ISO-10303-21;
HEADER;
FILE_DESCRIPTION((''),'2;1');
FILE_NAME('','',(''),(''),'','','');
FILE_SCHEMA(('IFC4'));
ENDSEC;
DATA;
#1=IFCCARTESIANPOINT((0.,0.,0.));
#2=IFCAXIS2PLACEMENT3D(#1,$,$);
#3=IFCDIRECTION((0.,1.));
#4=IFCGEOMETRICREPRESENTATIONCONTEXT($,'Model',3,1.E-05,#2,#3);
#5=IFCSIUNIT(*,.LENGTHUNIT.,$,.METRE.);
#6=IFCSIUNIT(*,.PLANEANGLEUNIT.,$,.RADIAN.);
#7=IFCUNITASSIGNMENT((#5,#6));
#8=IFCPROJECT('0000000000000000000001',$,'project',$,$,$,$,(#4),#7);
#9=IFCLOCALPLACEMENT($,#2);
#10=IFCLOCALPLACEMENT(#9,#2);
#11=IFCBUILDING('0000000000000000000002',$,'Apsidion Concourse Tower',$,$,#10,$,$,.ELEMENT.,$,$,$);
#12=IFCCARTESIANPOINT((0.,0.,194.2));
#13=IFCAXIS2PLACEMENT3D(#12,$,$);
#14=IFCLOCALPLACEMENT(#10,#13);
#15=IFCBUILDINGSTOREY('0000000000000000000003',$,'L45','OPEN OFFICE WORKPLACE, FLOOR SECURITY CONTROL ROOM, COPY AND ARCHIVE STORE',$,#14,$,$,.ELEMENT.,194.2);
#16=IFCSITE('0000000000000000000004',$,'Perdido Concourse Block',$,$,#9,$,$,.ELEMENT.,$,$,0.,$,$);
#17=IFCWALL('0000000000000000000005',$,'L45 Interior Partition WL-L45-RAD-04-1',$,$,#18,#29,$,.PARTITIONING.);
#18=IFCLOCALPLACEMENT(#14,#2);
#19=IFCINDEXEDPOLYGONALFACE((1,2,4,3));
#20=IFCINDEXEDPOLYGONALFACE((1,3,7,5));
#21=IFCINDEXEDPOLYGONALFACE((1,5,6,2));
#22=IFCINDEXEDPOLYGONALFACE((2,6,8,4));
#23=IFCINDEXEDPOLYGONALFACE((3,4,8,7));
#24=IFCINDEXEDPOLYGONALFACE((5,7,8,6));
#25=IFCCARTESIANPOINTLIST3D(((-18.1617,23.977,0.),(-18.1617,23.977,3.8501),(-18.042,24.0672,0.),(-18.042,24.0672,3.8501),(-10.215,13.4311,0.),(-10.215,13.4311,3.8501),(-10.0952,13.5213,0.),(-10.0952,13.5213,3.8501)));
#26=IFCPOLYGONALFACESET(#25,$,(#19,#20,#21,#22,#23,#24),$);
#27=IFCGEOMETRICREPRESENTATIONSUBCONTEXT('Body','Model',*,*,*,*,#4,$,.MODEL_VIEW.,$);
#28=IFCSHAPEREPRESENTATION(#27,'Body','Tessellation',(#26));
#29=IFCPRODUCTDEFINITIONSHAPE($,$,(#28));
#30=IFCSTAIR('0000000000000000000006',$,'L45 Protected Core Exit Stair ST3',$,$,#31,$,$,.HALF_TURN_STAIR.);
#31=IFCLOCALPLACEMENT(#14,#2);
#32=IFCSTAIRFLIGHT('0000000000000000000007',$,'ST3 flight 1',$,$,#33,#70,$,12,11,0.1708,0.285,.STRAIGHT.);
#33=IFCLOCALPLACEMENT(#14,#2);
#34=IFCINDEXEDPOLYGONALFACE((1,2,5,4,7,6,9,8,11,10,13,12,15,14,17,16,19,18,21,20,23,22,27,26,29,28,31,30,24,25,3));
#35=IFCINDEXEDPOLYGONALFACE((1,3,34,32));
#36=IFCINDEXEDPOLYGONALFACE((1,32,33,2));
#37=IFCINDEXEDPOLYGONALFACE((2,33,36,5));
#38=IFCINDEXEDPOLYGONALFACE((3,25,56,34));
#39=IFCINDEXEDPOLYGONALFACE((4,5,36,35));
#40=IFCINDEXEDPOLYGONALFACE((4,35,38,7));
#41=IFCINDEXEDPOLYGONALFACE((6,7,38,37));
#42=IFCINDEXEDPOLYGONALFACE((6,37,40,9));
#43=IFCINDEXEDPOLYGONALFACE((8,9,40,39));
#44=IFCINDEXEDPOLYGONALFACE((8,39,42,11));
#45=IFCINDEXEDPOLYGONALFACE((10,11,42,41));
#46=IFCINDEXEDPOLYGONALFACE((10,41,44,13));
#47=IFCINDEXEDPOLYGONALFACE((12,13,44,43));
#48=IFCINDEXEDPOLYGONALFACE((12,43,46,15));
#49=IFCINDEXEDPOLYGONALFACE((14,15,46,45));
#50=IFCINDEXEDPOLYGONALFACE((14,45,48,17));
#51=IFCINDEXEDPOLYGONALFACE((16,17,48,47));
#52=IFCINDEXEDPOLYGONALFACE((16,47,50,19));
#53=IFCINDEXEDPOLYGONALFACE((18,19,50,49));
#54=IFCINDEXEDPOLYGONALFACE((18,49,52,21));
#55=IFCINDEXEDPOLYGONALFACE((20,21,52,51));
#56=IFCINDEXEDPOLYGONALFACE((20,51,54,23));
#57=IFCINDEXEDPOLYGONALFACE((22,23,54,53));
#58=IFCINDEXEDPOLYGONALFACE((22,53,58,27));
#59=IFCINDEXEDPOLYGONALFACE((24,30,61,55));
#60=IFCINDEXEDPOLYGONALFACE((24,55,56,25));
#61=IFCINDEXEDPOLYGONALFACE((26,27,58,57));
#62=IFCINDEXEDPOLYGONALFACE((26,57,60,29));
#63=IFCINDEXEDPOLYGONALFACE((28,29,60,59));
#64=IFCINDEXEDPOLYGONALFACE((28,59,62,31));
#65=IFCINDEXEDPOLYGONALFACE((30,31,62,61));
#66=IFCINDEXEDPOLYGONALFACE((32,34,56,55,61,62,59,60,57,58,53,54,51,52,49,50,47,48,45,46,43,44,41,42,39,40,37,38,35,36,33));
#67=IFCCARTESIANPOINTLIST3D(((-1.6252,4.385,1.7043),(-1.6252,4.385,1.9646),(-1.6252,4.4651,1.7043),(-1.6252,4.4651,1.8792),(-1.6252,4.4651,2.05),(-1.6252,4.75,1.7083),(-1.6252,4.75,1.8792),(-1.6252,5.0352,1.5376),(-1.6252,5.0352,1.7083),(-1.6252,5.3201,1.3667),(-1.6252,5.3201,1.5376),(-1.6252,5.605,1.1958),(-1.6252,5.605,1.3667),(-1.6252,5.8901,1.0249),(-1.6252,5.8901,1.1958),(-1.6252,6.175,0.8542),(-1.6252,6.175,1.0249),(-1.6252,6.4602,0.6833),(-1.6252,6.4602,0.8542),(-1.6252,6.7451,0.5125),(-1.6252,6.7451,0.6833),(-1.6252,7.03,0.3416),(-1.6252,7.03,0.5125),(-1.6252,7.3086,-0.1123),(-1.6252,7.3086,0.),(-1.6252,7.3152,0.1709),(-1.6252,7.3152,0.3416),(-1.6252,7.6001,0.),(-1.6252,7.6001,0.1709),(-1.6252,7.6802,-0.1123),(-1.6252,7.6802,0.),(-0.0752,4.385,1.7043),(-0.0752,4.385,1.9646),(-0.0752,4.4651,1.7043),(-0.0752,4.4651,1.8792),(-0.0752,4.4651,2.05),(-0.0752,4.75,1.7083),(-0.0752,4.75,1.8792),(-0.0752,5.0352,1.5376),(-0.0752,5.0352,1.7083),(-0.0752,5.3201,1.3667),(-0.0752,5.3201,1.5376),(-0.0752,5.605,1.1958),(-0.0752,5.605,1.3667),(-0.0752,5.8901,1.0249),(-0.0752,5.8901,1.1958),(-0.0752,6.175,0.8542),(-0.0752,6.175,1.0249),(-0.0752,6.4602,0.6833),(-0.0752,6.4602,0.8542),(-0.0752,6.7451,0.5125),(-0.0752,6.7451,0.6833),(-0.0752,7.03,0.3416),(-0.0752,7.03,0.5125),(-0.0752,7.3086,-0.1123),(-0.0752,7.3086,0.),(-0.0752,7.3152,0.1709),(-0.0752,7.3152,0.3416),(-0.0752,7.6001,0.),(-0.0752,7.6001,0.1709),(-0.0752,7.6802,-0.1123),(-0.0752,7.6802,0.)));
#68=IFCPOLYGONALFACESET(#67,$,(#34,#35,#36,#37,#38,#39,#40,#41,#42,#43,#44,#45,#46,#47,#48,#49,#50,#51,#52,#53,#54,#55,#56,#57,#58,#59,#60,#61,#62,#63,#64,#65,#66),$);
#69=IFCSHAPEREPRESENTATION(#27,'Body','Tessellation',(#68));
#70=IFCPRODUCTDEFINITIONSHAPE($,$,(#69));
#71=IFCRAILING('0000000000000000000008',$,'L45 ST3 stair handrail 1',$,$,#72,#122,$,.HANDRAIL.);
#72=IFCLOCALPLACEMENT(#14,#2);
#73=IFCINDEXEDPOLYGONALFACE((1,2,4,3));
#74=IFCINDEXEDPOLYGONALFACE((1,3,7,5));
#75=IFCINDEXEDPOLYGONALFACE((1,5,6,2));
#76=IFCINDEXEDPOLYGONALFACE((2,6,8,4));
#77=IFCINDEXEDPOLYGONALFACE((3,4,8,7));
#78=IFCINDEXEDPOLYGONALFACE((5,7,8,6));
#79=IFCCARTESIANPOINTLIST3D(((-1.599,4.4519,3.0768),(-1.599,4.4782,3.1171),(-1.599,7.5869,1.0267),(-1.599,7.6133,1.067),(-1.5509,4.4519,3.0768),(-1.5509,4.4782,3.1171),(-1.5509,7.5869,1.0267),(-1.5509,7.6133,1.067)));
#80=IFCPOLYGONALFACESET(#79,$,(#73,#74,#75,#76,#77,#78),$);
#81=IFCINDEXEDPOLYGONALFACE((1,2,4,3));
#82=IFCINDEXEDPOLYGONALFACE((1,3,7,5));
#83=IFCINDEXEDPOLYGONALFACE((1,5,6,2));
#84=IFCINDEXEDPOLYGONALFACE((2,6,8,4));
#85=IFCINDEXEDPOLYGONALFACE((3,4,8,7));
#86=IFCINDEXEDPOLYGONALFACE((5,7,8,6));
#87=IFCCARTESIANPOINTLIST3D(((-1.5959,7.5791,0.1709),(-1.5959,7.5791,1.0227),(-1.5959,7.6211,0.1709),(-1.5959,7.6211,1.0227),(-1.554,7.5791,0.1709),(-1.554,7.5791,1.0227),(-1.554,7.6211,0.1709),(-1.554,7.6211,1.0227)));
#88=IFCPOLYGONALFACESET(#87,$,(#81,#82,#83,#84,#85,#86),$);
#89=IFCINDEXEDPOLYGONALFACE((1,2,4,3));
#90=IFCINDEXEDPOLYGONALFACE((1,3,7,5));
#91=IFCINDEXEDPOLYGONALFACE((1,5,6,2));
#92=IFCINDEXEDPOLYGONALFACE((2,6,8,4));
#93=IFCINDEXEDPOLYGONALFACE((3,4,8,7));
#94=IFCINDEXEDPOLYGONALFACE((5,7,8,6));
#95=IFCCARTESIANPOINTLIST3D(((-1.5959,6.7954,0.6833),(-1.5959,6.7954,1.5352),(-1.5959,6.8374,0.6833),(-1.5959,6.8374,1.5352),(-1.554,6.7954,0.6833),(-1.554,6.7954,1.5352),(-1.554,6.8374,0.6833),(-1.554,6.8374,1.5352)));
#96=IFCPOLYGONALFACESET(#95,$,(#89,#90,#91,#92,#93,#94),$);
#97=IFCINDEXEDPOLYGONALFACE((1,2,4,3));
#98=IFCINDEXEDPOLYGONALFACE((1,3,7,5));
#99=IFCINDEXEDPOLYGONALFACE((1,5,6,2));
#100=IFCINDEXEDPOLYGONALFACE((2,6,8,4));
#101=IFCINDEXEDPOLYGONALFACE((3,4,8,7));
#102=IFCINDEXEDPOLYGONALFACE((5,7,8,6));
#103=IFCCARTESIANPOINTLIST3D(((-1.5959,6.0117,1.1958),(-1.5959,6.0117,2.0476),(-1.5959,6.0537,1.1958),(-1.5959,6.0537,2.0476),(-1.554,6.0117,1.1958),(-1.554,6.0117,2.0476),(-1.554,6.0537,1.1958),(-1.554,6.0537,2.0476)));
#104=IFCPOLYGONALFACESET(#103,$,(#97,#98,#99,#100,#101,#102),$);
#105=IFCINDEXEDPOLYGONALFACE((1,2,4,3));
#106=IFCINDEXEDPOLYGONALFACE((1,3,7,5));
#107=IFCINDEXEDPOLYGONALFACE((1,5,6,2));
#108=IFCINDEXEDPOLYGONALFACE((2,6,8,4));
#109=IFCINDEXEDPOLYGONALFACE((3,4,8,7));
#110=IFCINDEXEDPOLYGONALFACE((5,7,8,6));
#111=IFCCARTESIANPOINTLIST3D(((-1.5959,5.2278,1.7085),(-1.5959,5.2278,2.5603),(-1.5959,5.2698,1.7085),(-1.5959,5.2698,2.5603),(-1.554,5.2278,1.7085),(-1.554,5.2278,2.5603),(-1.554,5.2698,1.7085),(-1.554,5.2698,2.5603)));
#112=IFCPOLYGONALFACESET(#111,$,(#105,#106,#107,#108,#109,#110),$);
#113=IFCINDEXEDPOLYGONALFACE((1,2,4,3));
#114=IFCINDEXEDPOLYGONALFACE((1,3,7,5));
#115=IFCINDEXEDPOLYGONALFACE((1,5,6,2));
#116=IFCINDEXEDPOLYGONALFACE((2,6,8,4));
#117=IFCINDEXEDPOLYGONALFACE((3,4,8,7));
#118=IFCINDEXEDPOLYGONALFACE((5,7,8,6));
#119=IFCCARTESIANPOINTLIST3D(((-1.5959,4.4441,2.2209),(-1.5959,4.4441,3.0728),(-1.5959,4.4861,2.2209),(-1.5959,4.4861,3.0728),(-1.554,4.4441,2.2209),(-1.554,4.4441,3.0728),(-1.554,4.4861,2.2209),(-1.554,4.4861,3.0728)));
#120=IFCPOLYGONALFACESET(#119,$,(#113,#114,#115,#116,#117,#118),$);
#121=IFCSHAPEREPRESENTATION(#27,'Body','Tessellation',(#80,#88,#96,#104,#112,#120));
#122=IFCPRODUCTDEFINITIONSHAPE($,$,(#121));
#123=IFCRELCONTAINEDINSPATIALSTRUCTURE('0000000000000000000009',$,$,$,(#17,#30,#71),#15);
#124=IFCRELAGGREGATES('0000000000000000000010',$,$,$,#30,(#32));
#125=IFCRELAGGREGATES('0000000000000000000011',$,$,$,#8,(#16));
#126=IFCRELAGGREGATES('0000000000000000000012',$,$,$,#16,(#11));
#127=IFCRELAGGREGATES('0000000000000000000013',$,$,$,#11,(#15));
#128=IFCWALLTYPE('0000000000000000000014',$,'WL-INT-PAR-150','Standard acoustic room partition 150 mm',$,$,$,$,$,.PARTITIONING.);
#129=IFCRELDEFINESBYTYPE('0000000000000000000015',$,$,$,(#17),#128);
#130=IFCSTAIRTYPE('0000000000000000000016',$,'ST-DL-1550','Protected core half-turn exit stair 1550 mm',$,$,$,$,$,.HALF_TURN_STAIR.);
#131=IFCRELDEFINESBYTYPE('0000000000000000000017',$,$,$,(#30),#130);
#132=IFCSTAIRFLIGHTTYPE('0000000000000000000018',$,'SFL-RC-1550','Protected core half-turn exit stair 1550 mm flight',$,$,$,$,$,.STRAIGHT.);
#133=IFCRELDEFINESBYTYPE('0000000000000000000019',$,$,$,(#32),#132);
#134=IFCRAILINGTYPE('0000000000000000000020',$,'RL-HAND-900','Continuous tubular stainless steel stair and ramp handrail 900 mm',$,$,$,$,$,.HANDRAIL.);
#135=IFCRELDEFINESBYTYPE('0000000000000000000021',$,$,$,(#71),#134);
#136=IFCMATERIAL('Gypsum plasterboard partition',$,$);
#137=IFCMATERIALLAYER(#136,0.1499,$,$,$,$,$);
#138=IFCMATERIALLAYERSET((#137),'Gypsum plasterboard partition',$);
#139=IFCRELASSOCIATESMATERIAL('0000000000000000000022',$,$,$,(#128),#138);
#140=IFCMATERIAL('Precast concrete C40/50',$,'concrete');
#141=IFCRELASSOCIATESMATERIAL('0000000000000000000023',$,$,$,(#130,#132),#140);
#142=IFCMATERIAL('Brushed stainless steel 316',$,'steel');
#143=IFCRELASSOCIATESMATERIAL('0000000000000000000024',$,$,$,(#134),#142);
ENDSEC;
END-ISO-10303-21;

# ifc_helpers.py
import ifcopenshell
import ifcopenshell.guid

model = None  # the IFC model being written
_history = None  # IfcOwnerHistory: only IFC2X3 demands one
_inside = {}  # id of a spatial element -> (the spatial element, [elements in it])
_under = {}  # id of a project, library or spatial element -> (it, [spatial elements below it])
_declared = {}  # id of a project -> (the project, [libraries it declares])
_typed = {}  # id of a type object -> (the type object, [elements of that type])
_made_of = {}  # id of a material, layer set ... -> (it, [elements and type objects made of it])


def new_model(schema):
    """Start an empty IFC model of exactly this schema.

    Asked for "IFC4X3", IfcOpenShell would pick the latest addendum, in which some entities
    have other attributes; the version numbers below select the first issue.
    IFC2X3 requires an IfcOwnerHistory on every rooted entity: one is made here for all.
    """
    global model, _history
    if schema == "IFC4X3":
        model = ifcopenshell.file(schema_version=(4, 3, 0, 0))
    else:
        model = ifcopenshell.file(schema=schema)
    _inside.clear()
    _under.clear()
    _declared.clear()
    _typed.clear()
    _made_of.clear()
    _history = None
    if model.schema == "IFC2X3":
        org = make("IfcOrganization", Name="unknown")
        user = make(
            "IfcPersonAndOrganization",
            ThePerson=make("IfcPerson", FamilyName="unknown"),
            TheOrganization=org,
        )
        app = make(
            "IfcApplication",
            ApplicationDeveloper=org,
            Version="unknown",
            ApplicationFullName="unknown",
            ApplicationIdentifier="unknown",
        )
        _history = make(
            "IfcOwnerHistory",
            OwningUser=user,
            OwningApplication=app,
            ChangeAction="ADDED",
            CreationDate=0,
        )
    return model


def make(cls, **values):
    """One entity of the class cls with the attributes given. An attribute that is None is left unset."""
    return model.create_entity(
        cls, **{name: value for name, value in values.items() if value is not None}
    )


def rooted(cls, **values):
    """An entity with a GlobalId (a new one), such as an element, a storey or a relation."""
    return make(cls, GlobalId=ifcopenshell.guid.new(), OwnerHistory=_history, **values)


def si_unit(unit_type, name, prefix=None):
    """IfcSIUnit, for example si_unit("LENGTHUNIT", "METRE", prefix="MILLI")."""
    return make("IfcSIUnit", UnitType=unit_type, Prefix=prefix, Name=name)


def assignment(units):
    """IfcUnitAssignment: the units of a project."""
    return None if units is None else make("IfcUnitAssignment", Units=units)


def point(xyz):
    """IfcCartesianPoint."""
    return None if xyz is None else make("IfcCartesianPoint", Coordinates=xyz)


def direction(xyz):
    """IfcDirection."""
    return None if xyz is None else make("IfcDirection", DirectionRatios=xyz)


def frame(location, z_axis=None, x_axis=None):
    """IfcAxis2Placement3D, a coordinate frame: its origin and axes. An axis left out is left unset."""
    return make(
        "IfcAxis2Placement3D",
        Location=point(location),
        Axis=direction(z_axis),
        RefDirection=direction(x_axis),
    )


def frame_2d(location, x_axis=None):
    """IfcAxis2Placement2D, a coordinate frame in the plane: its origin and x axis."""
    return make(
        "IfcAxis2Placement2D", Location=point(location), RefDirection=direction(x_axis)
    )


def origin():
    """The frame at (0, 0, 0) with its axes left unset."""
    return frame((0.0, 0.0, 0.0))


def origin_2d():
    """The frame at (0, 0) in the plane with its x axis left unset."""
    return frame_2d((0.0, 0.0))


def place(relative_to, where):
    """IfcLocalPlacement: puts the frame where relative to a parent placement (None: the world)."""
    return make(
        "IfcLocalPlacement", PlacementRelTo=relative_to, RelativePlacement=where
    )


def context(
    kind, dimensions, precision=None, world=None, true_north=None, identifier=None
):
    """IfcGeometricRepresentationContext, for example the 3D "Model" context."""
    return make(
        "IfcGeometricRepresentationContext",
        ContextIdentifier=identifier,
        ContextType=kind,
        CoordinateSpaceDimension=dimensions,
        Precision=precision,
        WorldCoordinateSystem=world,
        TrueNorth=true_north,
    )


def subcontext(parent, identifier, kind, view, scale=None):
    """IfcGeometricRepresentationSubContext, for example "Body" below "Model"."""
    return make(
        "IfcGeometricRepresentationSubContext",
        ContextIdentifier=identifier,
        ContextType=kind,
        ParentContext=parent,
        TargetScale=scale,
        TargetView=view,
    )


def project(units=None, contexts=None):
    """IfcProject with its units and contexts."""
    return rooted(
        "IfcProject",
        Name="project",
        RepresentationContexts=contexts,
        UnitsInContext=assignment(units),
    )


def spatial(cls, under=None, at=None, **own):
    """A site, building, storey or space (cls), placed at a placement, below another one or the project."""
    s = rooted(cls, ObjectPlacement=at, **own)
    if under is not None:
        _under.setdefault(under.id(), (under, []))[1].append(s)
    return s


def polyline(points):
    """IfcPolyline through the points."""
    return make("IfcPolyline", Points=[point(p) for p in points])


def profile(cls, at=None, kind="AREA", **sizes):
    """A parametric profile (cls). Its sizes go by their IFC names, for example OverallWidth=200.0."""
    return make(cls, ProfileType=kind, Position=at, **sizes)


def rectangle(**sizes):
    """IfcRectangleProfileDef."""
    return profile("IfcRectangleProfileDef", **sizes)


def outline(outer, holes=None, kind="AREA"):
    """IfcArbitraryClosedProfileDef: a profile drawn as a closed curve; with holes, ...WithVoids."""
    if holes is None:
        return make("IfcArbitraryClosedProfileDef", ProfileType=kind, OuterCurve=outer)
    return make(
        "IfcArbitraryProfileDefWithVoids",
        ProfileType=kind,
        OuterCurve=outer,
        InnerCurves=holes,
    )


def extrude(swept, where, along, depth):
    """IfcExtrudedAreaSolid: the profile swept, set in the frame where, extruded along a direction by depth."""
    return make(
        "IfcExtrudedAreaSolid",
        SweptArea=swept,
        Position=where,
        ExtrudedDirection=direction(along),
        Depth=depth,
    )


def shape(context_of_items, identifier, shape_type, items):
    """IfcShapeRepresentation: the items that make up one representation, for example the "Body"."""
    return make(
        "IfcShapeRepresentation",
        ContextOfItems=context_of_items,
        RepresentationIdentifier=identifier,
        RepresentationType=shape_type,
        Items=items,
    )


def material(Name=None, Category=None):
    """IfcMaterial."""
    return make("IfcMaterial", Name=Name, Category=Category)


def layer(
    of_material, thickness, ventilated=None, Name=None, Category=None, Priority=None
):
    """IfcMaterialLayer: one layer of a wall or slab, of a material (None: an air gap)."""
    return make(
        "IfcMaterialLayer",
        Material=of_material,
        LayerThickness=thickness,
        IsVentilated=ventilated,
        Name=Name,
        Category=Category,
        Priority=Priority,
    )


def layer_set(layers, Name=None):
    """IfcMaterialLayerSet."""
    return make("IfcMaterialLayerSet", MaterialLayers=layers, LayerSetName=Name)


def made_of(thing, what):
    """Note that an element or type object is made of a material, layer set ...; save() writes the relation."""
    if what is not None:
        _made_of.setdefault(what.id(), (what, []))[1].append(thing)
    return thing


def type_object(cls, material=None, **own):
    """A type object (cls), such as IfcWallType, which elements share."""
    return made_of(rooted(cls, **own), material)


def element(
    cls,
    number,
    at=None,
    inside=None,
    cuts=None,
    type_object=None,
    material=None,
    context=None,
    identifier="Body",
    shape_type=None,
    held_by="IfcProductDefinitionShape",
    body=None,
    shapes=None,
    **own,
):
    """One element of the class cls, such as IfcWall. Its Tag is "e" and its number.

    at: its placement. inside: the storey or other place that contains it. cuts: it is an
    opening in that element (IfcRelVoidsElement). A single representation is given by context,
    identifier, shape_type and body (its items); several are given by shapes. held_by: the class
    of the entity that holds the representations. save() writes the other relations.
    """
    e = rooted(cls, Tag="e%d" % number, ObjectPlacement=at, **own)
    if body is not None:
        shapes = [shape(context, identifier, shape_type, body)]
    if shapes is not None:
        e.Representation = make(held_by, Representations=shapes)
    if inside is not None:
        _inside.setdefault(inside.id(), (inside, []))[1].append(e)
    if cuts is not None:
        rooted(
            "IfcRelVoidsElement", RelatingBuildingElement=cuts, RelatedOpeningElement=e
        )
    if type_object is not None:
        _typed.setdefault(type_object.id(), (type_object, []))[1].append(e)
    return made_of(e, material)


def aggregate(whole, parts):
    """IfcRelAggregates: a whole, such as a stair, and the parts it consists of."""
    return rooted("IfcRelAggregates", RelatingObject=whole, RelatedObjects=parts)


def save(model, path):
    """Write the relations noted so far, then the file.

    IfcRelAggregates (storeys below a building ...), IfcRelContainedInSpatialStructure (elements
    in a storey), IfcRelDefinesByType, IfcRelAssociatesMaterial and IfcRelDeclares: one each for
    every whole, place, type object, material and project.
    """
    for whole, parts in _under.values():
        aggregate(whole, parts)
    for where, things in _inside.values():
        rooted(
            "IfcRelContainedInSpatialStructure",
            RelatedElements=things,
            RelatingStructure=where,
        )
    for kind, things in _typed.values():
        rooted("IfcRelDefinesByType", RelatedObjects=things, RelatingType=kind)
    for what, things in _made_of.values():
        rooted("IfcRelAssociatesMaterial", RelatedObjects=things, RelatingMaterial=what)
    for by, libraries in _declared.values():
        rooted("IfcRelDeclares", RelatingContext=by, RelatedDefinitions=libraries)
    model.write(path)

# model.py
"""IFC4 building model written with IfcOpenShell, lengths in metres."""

from ifc_helpers import new_model, si_unit, direction, frame, frame_2d, origin, origin_2d, place, context, subcontext, project, spatial, polyline, rectangle, outline, extrude, material, layer, layer_set, type_object, element, aggregate, save


model = new_model("IFC4")

# Units and contexts
model_context = context("Model", 3, precision=1e-05, world=origin(), true_north=direction((0.0, 1.0)))
body_context = subcontext(model_context, "Body", "Model", "MODEL_VIEW")
ifc_project = project(units=[si_unit("LENGTHUNIT", "METRE"), si_unit("PLANEANGLEUNIT", "RADIAN")], contexts=[model_context])

# Site, building, storey
site_placement = place(None, origin())
site = spatial("IfcSite", under=ifc_project, at=site_placement, Name="Perdido Concourse Block", CompositionType="ELEMENT", RefElevation=0.0)
building_placement = place(site_placement, origin())
building = spatial("IfcBuilding", under=site, at=building_placement, Name="Apsidion Concourse Tower", CompositionType="ELEMENT")
storey_placement = place(building_placement, frame((0.0, 0.0, 194.2)))
storey = spatial("IfcBuildingStorey", under=building, at=storey_placement, Name="L45", Description="OPEN OFFICE WORKPLACE, FLOOR SECURITY CONTROL ROOM, COPY AND ARCHIVE STORE", CompositionType="ELEMENT", Elevation=194.2)

# Shared definitions
ifc_material_1 = material(Name="Gypsum plasterboard partition")
ifc_layer_1 = layer(ifc_material_1, 0.1499)
ifc_layer_set_1 = layer_set([ifc_layer_1], Name="Gypsum plasterboard partition")
wall_type_1 = type_object("IfcWallType", Name="WL-INT-PAR-150", Description="Standard acoustic room partition 150 mm", PredefinedType="PARTITIONING", material=ifc_layer_set_1)

# Shared definitions
ifc_material_2 = material(Name="Brushed stainless steel 316", Category="steel")

# Wall
wall_1_placement = place(storey_placement, frame((-10.155, 13.4761, 0.0), z_axis=(0.0, 0.0, 1.0), x_axis=(-0.601809, 0.79864, 0.0)))
element("IfcWall", 1, at=wall_1_placement, inside=storey, type_object=wall_type_1, Name="L45 Interior Partition WL-L45-RAD-04-1", PredefinedType="PARTITIONING", context=body_context, shape_type="SweptSolid", body=[
    extrude(rectangle(XDim=13.2048, YDim=0.1499, at=frame_2d((6.6025, 0.0))), origin(), (0.0, 0.0, 1.0), 3.8501),
])

# Stair, stair flight
ifc_material_3 = material(Name="Precast concrete C40/50", Category="concrete")
stair_type = type_object("IfcStairType", Name="ST-DL-1550", Description="Protected core half-turn exit stair 1550 mm", PredefinedType="HALF_TURN_STAIR", material=ifc_material_3)
stair_placement = place(storey_placement, origin())
stair = element("IfcStair", 2, at=stair_placement, inside=storey, type_object=stair_type, Name="L45 Protected Core Exit Stair ST3", PredefinedType="HALF_TURN_STAIR")
stair_flight_type = type_object("IfcStairFlightType", Name="SFL-RC-1550", Description="Protected core half-turn exit stair 1550 mm flight", PredefinedType="STRAIGHT", material=ifc_material_3)
stair_flight_placement = place(storey_placement, frame((-0.8501, 7.6001, 0.0), z_axis=(0.0, 0.0, 1.0), x_axis=(0.0, -1.0, 0.0)))
stair_flight = element("IfcStairFlight", 3, at=stair_flight_placement, type_object=stair_flight_type, Name="ST3 flight 1", NumberOfRisers=12, NumberOfTreads=11, PredefinedType="STRAIGHT", RiserHeight=0.1708, TreadLength=0.285, context=body_context, shape_type="SweptSolid", body=[
    extrude(outline(polyline([(-0.0801, -0.1123), (-0.0801, 0.0), (0.0, 0.0), (0.0, 0.1709), (0.2849, 0.1709), (0.2849, 0.3416), (0.5701, 0.3416), (0.5701, 0.5125), (0.855, 0.5125), (0.855, 0.6833), (1.1399, 0.6833), (1.1399, 0.8542), (1.425, 0.8542), (1.425, 1.0249), (1.71, 1.0249), (1.71, 1.1958), (1.9951, 1.1958), (1.9951, 1.3667), (2.28, 1.3667), (2.28, 1.5376), (2.5649, 1.5376), (2.5649, 1.7083), (2.8501, 1.7083), (2.8501, 1.8792), (3.135, 1.8792), (3.135, 2.05), (3.2151, 1.9646), (3.2151, 1.7043), (3.135, 1.7043), (0.2915, 0.0), (0.2915, -0.1123), (-0.0801, -0.1123)])), frame((0.0, 0.7749, 0.0), z_axis=(0.0, -1.0, 0.0), x_axis=(1.0, 0.0, 0.0)), (0.0, 0.0, 1.0), 1.55),
])
aggregate(stair, [stair_flight])

# Railing
railing_type_1 = type_object("IfcRailingType", Name="RL-HAND-900", Description="Continuous tubular stainless steel stair and ramp handrail 900 mm", PredefinedType="HANDRAIL", material=ifc_material_2)
railing_1_placement = place(storey_placement, frame((-1.575, 7.6001, 0.1709)))
element("IfcRailing", 4, at=railing_1_placement, inside=storey, type_object=railing_type_1, Name="L45 ST3 stair handrail 1", PredefinedType="HANDRAIL", context=body_context, shape_type="SweptSolid", body=[
    extrude(rectangle(XDim=0.0481, YDim=0.0481, at=origin_2d()), frame((0.0, 0.0, 0.876), z_axis=(0.0, -0.836941, 0.547293), x_axis=(1.0, 0.0, 0.0)), (0.0, 0.0, 1.0), 3.7458),
    extrude(rectangle(XDim=0.042, YDim=0.042, at=origin_2d()), origin(), (0.0, 0.0, 1.0), 0.8518),
    extrude(rectangle(XDim=0.042, YDim=0.042, at=origin_2d()), frame((0.0, -0.7837, 0.5125)), (0.0, 0.0, 1.0), 0.8518),
    extrude(rectangle(XDim=0.042, YDim=0.042, at=origin_2d()), frame((0.0, -1.5674, 1.0249)), (0.0, 0.0, 1.0), 0.8518),
    extrude(rectangle(XDim=0.042, YDim=0.042, at=origin_2d()), frame((0.0, -2.3513, 1.5376)), (0.0, 0.0, 1.0), 0.8518),
    extrude(rectangle(XDim=0.042, YDim=0.042, at=origin_2d()), frame((0.0, -3.135, 2.05)), (0.0, 0.0, 1.0), 0.8518),
])

save(model, "model.ifc")
